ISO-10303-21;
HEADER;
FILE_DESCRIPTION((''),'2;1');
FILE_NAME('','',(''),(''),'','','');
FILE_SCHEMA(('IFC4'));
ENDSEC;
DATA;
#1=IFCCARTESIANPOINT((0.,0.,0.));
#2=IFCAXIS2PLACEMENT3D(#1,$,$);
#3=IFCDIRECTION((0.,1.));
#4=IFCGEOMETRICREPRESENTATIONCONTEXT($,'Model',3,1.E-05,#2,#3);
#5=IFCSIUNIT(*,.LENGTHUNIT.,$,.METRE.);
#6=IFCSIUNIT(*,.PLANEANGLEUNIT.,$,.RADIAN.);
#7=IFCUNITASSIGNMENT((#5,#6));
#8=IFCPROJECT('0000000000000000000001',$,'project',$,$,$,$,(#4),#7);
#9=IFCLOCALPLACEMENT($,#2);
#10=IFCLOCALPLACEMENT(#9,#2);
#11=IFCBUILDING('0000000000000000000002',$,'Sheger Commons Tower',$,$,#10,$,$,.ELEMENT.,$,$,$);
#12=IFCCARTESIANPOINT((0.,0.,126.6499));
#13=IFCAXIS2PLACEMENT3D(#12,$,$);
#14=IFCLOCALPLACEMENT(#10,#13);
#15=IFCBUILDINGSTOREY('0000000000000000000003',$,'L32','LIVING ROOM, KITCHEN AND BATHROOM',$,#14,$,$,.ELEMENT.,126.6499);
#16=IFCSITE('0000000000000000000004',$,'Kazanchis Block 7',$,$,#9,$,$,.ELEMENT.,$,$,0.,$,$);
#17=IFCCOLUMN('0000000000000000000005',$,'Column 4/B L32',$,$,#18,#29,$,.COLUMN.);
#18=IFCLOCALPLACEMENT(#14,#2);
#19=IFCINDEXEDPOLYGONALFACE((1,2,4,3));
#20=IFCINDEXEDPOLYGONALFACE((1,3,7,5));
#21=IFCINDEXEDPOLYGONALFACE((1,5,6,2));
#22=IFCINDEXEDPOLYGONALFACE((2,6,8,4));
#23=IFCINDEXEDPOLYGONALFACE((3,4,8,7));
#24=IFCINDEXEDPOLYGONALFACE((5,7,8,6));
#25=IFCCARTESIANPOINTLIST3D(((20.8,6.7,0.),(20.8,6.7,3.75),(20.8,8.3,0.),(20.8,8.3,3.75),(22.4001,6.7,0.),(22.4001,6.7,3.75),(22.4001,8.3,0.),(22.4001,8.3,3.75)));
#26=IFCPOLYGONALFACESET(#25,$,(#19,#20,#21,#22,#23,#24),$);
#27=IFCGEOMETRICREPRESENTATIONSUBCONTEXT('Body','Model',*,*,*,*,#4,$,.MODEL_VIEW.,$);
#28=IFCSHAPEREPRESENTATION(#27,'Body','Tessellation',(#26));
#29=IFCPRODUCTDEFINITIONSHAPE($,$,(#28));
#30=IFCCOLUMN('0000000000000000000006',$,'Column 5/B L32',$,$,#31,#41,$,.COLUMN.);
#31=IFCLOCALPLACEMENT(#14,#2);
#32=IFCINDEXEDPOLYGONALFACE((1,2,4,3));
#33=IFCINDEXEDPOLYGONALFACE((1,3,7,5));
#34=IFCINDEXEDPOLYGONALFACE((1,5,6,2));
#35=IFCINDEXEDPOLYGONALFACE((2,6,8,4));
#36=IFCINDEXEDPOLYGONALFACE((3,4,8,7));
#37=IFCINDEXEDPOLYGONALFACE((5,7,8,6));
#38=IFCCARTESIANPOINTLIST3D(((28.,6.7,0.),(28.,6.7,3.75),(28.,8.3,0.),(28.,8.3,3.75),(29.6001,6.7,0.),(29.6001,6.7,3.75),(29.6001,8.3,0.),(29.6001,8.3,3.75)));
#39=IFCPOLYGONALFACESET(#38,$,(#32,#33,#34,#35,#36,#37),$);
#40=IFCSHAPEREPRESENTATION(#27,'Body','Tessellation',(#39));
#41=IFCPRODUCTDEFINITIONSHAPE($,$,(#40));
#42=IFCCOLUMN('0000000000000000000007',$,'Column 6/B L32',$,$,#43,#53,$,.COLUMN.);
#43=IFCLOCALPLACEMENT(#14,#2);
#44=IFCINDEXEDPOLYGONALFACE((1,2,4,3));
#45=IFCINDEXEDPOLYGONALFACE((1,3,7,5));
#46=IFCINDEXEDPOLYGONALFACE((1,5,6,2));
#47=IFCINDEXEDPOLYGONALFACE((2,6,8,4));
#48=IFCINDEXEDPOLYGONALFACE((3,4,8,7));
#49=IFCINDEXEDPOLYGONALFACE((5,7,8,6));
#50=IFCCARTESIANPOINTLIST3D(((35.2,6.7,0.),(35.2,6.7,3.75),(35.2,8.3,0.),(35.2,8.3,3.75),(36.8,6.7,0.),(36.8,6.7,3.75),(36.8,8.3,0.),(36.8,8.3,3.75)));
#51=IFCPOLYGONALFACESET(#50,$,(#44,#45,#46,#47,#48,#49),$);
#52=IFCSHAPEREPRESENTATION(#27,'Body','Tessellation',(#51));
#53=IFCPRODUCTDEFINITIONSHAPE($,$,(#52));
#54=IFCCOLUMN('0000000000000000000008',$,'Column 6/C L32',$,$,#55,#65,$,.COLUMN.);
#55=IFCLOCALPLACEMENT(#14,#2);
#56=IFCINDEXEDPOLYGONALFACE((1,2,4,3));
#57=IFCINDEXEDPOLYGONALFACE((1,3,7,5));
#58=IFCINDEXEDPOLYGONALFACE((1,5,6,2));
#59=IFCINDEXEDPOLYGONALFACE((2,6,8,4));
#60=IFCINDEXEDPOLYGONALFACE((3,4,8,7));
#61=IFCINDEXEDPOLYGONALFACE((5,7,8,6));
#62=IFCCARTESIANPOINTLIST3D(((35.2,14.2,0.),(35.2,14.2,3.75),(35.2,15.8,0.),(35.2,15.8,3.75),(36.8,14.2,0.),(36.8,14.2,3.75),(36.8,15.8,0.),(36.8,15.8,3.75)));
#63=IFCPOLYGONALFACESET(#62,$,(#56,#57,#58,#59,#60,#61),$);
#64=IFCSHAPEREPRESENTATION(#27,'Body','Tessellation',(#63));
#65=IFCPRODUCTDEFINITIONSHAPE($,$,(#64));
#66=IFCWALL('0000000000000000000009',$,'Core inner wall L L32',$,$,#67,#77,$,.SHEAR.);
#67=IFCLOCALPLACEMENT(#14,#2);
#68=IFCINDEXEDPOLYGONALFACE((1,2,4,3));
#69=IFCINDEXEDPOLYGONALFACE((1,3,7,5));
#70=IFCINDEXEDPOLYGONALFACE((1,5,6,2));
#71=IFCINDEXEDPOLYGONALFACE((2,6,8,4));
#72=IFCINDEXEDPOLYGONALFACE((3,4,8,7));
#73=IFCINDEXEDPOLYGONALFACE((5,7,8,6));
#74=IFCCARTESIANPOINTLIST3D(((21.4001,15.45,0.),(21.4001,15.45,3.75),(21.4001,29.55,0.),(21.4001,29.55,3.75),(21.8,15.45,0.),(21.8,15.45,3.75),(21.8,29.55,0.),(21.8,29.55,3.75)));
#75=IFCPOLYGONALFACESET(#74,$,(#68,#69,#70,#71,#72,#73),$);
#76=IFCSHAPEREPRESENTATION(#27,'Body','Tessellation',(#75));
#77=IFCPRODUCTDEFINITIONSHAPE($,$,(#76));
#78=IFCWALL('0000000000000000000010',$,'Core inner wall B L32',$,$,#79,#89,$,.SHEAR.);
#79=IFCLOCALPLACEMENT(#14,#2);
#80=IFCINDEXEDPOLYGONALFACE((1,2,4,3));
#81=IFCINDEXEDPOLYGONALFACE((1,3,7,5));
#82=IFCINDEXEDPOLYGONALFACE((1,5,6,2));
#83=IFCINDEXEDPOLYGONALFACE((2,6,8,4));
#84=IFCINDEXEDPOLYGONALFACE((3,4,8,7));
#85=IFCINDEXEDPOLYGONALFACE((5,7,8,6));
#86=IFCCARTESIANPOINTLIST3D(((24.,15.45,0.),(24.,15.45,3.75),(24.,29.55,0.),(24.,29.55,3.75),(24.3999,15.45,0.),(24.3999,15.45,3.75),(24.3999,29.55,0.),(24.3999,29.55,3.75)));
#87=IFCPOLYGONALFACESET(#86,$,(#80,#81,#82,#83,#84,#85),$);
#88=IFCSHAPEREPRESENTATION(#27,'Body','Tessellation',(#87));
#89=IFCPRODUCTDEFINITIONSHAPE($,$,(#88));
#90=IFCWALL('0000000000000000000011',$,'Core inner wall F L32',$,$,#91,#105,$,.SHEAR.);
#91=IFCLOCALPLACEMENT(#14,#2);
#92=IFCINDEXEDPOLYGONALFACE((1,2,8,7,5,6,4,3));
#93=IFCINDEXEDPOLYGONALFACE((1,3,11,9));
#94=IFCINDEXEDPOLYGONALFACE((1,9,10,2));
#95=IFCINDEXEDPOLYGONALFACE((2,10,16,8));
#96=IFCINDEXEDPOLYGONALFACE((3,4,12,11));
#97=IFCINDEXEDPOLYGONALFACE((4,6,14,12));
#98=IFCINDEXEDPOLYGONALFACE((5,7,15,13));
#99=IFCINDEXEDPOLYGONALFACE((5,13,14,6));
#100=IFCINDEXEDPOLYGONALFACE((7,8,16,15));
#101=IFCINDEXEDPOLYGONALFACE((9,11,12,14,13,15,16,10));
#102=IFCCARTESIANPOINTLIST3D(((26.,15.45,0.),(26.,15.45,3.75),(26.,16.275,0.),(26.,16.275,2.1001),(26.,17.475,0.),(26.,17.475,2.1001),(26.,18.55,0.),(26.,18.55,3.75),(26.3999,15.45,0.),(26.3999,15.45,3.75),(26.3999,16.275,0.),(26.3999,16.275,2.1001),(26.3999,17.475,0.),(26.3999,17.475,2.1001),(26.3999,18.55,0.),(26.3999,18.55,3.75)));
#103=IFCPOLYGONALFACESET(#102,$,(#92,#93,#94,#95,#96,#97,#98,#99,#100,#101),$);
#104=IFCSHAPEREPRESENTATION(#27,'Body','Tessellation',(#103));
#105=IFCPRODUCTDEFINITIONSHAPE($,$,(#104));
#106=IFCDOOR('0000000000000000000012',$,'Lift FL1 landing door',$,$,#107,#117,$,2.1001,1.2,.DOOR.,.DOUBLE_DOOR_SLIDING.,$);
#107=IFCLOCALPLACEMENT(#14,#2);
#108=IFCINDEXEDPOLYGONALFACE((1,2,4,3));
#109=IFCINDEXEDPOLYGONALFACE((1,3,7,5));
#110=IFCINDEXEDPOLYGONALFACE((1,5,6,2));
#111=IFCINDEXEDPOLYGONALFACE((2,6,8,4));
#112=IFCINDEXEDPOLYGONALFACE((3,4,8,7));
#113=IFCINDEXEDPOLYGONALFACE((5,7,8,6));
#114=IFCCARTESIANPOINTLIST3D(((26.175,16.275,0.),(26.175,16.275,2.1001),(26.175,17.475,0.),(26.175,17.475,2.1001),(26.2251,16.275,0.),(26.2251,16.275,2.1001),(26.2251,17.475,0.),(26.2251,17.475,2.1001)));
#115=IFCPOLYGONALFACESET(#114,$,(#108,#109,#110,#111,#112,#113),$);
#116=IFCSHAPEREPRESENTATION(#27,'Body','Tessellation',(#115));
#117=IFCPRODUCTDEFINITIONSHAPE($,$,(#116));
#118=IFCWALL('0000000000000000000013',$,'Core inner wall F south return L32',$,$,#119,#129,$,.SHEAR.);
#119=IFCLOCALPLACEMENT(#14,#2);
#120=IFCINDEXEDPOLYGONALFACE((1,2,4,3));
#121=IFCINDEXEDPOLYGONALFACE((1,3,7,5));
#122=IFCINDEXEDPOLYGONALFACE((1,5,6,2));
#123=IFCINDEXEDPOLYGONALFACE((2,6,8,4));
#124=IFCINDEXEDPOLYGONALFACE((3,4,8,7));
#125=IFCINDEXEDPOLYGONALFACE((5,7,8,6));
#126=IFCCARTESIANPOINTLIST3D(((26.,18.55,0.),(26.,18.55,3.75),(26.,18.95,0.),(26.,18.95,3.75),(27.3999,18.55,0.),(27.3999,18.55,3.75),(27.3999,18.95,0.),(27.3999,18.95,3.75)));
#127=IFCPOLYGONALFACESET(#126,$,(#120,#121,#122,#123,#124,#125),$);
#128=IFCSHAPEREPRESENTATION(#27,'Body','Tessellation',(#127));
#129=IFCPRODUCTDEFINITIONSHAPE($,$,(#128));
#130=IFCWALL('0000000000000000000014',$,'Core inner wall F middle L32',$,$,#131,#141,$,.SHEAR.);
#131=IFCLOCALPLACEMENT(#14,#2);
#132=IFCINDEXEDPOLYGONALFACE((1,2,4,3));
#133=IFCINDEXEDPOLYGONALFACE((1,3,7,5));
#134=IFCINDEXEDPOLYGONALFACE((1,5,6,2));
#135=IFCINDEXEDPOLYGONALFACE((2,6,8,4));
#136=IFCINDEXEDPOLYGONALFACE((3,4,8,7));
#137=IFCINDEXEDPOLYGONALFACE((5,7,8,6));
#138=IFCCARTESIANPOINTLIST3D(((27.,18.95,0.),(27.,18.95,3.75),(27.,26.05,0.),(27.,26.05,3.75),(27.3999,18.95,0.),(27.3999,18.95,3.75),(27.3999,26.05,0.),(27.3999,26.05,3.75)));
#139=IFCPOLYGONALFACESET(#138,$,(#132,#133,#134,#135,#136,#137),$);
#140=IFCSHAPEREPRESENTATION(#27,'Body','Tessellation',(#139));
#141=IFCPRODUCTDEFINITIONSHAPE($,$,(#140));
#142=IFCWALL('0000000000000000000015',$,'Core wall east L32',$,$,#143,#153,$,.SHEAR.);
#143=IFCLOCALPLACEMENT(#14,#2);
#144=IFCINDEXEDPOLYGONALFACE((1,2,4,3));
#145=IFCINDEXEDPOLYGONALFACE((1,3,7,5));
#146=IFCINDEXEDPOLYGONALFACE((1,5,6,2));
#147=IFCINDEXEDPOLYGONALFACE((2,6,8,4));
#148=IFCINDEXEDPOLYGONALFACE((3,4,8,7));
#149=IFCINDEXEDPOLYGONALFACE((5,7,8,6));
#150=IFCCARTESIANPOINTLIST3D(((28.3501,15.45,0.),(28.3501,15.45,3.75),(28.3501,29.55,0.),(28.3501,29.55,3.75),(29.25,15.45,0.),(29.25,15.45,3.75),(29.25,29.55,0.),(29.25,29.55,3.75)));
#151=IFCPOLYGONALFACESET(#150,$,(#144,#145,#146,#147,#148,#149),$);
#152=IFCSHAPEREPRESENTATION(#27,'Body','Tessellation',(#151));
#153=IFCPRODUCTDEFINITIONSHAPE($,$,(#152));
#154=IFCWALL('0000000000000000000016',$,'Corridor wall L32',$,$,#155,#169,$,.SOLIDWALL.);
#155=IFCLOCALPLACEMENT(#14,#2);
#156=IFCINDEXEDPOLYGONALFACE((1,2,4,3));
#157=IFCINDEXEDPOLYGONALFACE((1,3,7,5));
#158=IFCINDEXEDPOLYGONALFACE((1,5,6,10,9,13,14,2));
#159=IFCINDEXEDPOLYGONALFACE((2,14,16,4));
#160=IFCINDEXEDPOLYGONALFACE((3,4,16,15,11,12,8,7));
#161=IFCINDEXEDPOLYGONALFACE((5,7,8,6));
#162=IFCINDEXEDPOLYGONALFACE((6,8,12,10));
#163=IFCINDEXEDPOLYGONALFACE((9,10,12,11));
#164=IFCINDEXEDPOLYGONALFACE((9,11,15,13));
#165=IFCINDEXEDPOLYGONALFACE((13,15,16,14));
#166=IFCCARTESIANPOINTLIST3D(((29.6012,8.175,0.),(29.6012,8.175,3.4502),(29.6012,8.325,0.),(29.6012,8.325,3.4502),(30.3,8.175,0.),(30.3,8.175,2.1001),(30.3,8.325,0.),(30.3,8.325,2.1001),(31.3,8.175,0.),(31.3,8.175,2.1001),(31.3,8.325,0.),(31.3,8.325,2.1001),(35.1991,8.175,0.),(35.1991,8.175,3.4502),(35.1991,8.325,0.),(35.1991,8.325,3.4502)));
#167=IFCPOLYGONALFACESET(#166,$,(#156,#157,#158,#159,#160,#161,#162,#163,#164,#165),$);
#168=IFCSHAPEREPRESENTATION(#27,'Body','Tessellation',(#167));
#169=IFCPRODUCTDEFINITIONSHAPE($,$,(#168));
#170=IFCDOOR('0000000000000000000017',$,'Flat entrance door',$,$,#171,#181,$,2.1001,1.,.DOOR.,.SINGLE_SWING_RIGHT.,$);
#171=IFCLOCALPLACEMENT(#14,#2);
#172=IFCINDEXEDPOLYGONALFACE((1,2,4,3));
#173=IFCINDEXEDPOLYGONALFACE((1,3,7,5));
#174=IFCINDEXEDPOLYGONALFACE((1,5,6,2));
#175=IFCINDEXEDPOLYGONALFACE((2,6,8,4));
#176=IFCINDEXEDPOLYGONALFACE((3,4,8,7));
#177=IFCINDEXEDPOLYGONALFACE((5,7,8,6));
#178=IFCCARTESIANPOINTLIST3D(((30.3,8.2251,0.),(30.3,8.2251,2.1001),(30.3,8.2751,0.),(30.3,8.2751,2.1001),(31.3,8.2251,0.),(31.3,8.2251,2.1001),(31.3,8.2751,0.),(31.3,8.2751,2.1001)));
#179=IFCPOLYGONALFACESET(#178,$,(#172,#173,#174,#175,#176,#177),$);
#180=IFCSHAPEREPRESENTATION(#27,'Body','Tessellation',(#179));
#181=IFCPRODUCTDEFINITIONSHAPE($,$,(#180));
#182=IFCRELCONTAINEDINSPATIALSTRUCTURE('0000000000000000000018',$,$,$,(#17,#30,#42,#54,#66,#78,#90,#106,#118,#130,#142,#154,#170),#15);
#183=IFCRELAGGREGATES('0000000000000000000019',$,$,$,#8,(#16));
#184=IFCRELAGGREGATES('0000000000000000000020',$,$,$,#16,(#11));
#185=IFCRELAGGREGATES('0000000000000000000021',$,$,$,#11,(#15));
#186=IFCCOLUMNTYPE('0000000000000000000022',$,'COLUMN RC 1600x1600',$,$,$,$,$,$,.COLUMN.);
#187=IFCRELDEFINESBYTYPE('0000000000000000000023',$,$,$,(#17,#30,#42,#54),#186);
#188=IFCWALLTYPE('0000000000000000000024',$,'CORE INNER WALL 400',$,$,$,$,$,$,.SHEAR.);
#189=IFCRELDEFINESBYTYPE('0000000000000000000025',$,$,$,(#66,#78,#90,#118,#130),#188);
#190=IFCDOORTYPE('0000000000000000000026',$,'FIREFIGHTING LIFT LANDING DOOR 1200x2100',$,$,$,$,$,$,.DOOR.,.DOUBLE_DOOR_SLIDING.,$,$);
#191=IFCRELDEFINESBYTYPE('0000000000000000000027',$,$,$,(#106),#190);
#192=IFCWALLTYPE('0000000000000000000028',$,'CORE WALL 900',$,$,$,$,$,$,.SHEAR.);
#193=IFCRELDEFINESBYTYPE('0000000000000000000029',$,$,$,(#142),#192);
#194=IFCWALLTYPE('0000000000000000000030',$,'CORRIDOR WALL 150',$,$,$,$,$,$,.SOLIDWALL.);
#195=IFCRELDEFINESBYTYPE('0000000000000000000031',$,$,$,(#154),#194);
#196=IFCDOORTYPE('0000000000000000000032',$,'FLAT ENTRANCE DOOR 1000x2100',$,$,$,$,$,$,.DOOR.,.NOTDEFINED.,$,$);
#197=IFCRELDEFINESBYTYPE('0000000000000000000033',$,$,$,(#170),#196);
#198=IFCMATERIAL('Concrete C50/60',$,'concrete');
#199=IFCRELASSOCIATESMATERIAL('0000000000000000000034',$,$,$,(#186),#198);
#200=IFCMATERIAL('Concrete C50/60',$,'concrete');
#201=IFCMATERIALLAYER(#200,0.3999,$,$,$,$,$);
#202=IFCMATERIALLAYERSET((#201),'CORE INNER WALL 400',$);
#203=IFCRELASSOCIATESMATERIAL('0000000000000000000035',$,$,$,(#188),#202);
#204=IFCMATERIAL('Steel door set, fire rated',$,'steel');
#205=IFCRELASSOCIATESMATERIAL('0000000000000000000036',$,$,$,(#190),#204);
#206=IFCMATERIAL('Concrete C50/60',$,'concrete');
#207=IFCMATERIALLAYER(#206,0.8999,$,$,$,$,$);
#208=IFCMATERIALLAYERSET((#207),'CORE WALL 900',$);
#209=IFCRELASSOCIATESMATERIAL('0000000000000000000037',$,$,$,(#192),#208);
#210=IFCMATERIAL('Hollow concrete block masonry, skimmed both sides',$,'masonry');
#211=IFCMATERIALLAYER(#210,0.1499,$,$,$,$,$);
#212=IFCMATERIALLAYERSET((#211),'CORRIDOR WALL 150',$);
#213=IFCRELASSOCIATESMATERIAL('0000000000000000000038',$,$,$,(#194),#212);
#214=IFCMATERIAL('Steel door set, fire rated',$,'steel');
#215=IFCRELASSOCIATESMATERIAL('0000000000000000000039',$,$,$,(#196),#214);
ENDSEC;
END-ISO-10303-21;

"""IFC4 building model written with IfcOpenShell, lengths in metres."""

from ifc_helpers import new_model, si_unit, direction, frame, frame_2d, origin, origin_2d, place, context, subcontext, project, spatial, rectangle, extrude, material, layer, layer_set, material_profile, profile_set, type_object, element, fill, save


model = new_model("IFC4")

# Units and contexts
model_context = context("Model", 3, precision=1e-05, world=origin(), true_north=direction((0.0, 1.0)))
body_context = subcontext(model_context, "Body", "Model", "MODEL_VIEW")
ifc_project = project(units=[si_unit("LENGTHUNIT", "METRE"), si_unit("PLANEANGLEUNIT", "RADIAN")], contexts=[model_context])

# Site, building, storey
site_placement = place(None, origin())
site = spatial("IfcSite", under=ifc_project, at=site_placement, Name="Kazanchis Block 7", CompositionType="ELEMENT", RefElevation=0.0)
building_placement = place(site_placement, origin())
building = spatial("IfcBuilding", under=site, at=building_placement, Name="Sheger Commons Tower", CompositionType="ELEMENT")
storey_placement = place(building_placement, frame((0.0, 0.0, 126.6499)))
storey = spatial("IfcBuildingStorey", under=building, at=storey_placement, Name="L32", Description="LIVING ROOM, KITCHEN AND BATHROOM", CompositionType="ELEMENT", Elevation=126.6499)

# Columns
ifc_material_1 = material(Name="Concrete C50/60", Category="concrete")
ifc_material_profile = material_profile(ifc_material_1, rectangle(XDim=1.6001, YDim=1.6001, at=origin_2d()), Name="RC 1600x1600")
ifc_profile_set = profile_set([ifc_material_profile], Name="Concrete C50/60")
column_type = type_object("IfcColumnType", Name="COLUMN RC 1600x1600", PredefinedType="COLUMN", material=ifc_profile_set)
for number, where, z_axis, x_axis, name in (
    (1, (21.6001, 7.5, 0.0), (0.0, 0.0, 1.0), (1.0, 0.0, 0.0), "Column 4/B L32"),
    (2, (28.8, 7.5, 0.0), (0.0, 0.0, 1.0), (1.0, 0.0, 0.0), "Column 5/B L32"),
    (3, (36.0, 7.5, 0.0), (0.0, 0.0, 1.0), (1.0, 0.0, 0.0), "Column 6/B L32"),
    (4, (36.0, 15.0, 0.0), (0.0, 0.0, 1.0), (1.0, 0.0, 0.0), "Column 6/C L32"),
):
    element("IfcColumn", number, at=place(storey_placement, frame(where, z_axis=z_axis, x_axis=x_axis)), inside=storey, type_object=column_type, Name=name, PredefinedType="COLUMN", context=body_context, shape_type="SweptSolid", body=[
        extrude(rectangle(XDim=1.6001, YDim=1.6001, at=origin_2d()), origin(), (0.0, 0.0, 1.0), 3.75),
    ])

# Walls
ifc_material_2 = material(Name="Concrete C50/60", Category="concrete")
ifc_layer_1 = layer(ifc_material_2, 0.3999)
ifc_layer_set_1 = layer_set([ifc_layer_1], Name="CORE INNER WALL 400")
wall_type_1 = type_object("IfcWallType", Name="CORE INNER WALL 400", PredefinedType="SHEAR", material=ifc_layer_set_1)
for number, where, z_axis, x_axis, name in (
    (5, (21.6001, 15.45, 0.0), (0.0, 0.0, 1.0), (0.0, 1.0, 0.0), "Core inner wall L L32"),
    (6, (24.2, 15.45, 0.0), (0.0, 0.0, 1.0), (0.0, 1.0, 0.0), "Core inner wall B L32"),
):
    element("IfcWall", number, at=place(storey_placement, frame(where, z_axis=z_axis, x_axis=x_axis)), inside=storey, type_object=wall_type_1, Name=name, PredefinedType="SHEAR", context=body_context, shape_type="SweptSolid", body=[
        extrude(rectangle(XDim=14.1001, YDim=0.3999, at=frame_2d((7.05, 0.0))), origin(), (0.0, 0.0, 1.0), 3.75),
    ])

# Wall, opening, door
wall_1_placement = place(storey_placement, frame((26.2, 15.45, 0.0), z_axis=(0.0, 0.0, 1.0), x_axis=(0.0, 1.0, 0.0)))
wall_1 = element("IfcWall", 7, at=wall_1_placement, inside=storey, type_object=wall_type_1, Name="Core inner wall F L32", PredefinedType="SHEAR", context=body_context, shape_type="SweptSolid", body=[
    extrude(rectangle(XDim=3.1001, YDim=0.3999, at=frame_2d((1.55, 0.0))), origin(), (0.0, 0.0, 1.0), 3.75),
])
opening_1_placement = place(wall_1_placement, frame((0.825, 0.0, 0.0)))
opening_1 = element("IfcOpeningElement", 8, at=opening_1_placement, cuts=wall_1, PredefinedType="OPENING", context=body_context, shape_type="SweptSolid", body=[
    extrude(rectangle(XDim=1.2, YDim=2.1001, at=frame_2d((0.6001, 1.05))), frame((0.0, 0.21, 0.0), z_axis=(0.0, -1.0, 0.0), x_axis=(1.0, 0.0, 0.0)), (0.0, 0.0, 1.0), 0.4199),
])
ifc_material_3 = material(Name="Steel door set, fire rated", Category="steel")
door_type_1 = type_object("IfcDoorType", Name="FIREFIGHTING LIFT LANDING DOOR 1200x2100", OperationType="DOUBLE_DOOR_SLIDING", PredefinedType="DOOR", material=ifc_material_3)
door_1_placement = place(opening_1_placement, origin())
door_1 = element("IfcDoor", 9, at=door_1_placement, inside=storey, type_object=door_type_1, Name="Lift FL1 landing door", OperationType="DOUBLE_DOOR_SLIDING", OverallHeight=2.1001, OverallWidth=1.2, PredefinedType="DOOR", context=body_context, shape_type="SweptSolid", body=[
    extrude(rectangle(XDim=1.2, YDim=2.1001, at=frame_2d((0.6001, 1.05))), frame((0.0, 0.0249, 0.0), z_axis=(0.0, -1.0, 0.0), x_axis=(1.0, 0.0, 0.0)), (0.0, 0.0, 1.0), 0.05),
])
fill(opening_1, door_1)

# Walls
wall_2_placement = place(storey_placement, frame((26.0, 18.75, 0.0), z_axis=(0.0, 0.0, 1.0), x_axis=(1.0, 0.0, 0.0)))
element("IfcWall", 10, at=wall_2_placement, inside=storey, type_object=wall_type_1, Name="Core inner wall F south return L32", PredefinedType="SHEAR", context=body_context, shape_type="SweptSolid", body=[
    extrude(rectangle(XDim=1.3999, YDim=0.3999, at=frame_2d((0.7, 0.0))), origin(), (0.0, 0.0, 1.0), 3.75),
])
wall_3_placement = place(storey_placement, frame((27.2, 18.95, 0.0), z_axis=(0.0, 0.0, 1.0), x_axis=(0.0, 1.0, 0.0)))
element("IfcWall", 11, at=wall_3_placement, inside=storey, type_object=wall_type_1, Name="Core inner wall F middle L32", PredefinedType="SHEAR", context=body_context, shape_type="SweptSolid", body=[
    extrude(rectangle(XDim=7.1001, YDim=0.3999, at=frame_2d((3.55, 0.0))), origin(), (0.0, 0.0, 1.0), 3.75),
])
ifc_material_4 = material(Name="Concrete C50/60", Category="concrete")
ifc_layer_2 = layer(ifc_material_4, 0.8999)
ifc_layer_set_2 = layer_set([ifc_layer_2], Name="CORE WALL 900")
wall_type_2 = type_object("IfcWallType", Name="CORE WALL 900", PredefinedType="SHEAR", material=ifc_layer_set_2)
wall_4_placement = place(storey_placement, frame((28.8, 15.45, 0.0), z_axis=(0.0, 0.0, 1.0), x_axis=(0.0, 1.0, 0.0)))
element("IfcWall", 12, at=wall_4_placement, inside=storey, type_object=wall_type_2, Name="Core wall east L32", PredefinedType="SHEAR", context=body_context, shape_type="SweptSolid", body=[
    extrude(rectangle(XDim=14.1001, YDim=0.8999, at=frame_2d((7.05, 0.0))), origin(), (0.0, 0.0, 1.0), 3.75),
])

# Wall, opening, door
ifc_material_5 = material(Name="Hollow concrete block masonry, skimmed both sides", Category="masonry")
ifc_layer_3 = layer(ifc_material_5, 0.1499)
ifc_layer_set_3 = layer_set([ifc_layer_3], Name="CORRIDOR WALL 150")
wall_type_3 = type_object("IfcWallType", Name="CORRIDOR WALL 150", PredefinedType="SOLIDWALL", material=ifc_layer_set_3)
wall_5_placement = place(storey_placement, frame((35.199, 8.25, 0.0), z_axis=(0.0, 0.0, 1.0), x_axis=(-1.0, 0.0, 0.0)))
wall_5 = element("IfcWall", 13, at=wall_5_placement, inside=storey, type_object=wall_type_3, Name="Corridor wall L32", PredefinedType="SOLIDWALL", context=body_context, shape_type="SweptSolid", body=[
    extrude(rectangle(XDim=5.5979, YDim=0.1499, at=frame_2d((2.7988, 0.0))), origin(), (0.0, 0.0, 1.0), 3.4502),
])
opening_2_placement = place(wall_5_placement, frame((3.8989, 0.0, 0.0)))
opening_2 = element("IfcOpeningElement", 14, at=opening_2_placement, cuts=wall_5, PredefinedType="OPENING", context=body_context, shape_type="SweptSolid", body=[
    extrude(rectangle(XDim=1.0, YDim=2.1001, at=frame_2d((0.5, 1.05))), frame((0.0, 0.085, 0.0), z_axis=(0.0, -1.0, 0.0), x_axis=(1.0, 0.0, 0.0)), (0.0, 0.0, 1.0), 0.1699),
])
ifc_material_6 = material(Name="Steel door set, fire rated", Category="steel")
door_type_2 = type_object("IfcDoorType", Name="FLAT ENTRANCE DOOR 1000x2100", OperationType="NOTDEFINED", PredefinedType="DOOR", material=ifc_material_6)
door_2_placement = place(opening_2_placement, origin())
door_2 = element("IfcDoor", 15, at=door_2_placement, inside=storey, type_object=door_type_2, Name="Flat entrance door", OperationType="SINGLE_SWING_RIGHT", OverallHeight=2.1001, OverallWidth=1.0, PredefinedType="DOOR", context=body_context, shape_type="SweptSolid", body=[
    extrude(rectangle(XDim=1.0, YDim=2.1001, at=frame_2d((0.5, 1.05))), frame((0.0, 0.0249, 0.0), z_axis=(0.0, -1.0, 0.0), x_axis=(1.0, 0.0, 0.0)), (0.0, 0.0, 1.0), 0.05),
])
fill(opening_2, door_2)

save(model, "model.ifc")
